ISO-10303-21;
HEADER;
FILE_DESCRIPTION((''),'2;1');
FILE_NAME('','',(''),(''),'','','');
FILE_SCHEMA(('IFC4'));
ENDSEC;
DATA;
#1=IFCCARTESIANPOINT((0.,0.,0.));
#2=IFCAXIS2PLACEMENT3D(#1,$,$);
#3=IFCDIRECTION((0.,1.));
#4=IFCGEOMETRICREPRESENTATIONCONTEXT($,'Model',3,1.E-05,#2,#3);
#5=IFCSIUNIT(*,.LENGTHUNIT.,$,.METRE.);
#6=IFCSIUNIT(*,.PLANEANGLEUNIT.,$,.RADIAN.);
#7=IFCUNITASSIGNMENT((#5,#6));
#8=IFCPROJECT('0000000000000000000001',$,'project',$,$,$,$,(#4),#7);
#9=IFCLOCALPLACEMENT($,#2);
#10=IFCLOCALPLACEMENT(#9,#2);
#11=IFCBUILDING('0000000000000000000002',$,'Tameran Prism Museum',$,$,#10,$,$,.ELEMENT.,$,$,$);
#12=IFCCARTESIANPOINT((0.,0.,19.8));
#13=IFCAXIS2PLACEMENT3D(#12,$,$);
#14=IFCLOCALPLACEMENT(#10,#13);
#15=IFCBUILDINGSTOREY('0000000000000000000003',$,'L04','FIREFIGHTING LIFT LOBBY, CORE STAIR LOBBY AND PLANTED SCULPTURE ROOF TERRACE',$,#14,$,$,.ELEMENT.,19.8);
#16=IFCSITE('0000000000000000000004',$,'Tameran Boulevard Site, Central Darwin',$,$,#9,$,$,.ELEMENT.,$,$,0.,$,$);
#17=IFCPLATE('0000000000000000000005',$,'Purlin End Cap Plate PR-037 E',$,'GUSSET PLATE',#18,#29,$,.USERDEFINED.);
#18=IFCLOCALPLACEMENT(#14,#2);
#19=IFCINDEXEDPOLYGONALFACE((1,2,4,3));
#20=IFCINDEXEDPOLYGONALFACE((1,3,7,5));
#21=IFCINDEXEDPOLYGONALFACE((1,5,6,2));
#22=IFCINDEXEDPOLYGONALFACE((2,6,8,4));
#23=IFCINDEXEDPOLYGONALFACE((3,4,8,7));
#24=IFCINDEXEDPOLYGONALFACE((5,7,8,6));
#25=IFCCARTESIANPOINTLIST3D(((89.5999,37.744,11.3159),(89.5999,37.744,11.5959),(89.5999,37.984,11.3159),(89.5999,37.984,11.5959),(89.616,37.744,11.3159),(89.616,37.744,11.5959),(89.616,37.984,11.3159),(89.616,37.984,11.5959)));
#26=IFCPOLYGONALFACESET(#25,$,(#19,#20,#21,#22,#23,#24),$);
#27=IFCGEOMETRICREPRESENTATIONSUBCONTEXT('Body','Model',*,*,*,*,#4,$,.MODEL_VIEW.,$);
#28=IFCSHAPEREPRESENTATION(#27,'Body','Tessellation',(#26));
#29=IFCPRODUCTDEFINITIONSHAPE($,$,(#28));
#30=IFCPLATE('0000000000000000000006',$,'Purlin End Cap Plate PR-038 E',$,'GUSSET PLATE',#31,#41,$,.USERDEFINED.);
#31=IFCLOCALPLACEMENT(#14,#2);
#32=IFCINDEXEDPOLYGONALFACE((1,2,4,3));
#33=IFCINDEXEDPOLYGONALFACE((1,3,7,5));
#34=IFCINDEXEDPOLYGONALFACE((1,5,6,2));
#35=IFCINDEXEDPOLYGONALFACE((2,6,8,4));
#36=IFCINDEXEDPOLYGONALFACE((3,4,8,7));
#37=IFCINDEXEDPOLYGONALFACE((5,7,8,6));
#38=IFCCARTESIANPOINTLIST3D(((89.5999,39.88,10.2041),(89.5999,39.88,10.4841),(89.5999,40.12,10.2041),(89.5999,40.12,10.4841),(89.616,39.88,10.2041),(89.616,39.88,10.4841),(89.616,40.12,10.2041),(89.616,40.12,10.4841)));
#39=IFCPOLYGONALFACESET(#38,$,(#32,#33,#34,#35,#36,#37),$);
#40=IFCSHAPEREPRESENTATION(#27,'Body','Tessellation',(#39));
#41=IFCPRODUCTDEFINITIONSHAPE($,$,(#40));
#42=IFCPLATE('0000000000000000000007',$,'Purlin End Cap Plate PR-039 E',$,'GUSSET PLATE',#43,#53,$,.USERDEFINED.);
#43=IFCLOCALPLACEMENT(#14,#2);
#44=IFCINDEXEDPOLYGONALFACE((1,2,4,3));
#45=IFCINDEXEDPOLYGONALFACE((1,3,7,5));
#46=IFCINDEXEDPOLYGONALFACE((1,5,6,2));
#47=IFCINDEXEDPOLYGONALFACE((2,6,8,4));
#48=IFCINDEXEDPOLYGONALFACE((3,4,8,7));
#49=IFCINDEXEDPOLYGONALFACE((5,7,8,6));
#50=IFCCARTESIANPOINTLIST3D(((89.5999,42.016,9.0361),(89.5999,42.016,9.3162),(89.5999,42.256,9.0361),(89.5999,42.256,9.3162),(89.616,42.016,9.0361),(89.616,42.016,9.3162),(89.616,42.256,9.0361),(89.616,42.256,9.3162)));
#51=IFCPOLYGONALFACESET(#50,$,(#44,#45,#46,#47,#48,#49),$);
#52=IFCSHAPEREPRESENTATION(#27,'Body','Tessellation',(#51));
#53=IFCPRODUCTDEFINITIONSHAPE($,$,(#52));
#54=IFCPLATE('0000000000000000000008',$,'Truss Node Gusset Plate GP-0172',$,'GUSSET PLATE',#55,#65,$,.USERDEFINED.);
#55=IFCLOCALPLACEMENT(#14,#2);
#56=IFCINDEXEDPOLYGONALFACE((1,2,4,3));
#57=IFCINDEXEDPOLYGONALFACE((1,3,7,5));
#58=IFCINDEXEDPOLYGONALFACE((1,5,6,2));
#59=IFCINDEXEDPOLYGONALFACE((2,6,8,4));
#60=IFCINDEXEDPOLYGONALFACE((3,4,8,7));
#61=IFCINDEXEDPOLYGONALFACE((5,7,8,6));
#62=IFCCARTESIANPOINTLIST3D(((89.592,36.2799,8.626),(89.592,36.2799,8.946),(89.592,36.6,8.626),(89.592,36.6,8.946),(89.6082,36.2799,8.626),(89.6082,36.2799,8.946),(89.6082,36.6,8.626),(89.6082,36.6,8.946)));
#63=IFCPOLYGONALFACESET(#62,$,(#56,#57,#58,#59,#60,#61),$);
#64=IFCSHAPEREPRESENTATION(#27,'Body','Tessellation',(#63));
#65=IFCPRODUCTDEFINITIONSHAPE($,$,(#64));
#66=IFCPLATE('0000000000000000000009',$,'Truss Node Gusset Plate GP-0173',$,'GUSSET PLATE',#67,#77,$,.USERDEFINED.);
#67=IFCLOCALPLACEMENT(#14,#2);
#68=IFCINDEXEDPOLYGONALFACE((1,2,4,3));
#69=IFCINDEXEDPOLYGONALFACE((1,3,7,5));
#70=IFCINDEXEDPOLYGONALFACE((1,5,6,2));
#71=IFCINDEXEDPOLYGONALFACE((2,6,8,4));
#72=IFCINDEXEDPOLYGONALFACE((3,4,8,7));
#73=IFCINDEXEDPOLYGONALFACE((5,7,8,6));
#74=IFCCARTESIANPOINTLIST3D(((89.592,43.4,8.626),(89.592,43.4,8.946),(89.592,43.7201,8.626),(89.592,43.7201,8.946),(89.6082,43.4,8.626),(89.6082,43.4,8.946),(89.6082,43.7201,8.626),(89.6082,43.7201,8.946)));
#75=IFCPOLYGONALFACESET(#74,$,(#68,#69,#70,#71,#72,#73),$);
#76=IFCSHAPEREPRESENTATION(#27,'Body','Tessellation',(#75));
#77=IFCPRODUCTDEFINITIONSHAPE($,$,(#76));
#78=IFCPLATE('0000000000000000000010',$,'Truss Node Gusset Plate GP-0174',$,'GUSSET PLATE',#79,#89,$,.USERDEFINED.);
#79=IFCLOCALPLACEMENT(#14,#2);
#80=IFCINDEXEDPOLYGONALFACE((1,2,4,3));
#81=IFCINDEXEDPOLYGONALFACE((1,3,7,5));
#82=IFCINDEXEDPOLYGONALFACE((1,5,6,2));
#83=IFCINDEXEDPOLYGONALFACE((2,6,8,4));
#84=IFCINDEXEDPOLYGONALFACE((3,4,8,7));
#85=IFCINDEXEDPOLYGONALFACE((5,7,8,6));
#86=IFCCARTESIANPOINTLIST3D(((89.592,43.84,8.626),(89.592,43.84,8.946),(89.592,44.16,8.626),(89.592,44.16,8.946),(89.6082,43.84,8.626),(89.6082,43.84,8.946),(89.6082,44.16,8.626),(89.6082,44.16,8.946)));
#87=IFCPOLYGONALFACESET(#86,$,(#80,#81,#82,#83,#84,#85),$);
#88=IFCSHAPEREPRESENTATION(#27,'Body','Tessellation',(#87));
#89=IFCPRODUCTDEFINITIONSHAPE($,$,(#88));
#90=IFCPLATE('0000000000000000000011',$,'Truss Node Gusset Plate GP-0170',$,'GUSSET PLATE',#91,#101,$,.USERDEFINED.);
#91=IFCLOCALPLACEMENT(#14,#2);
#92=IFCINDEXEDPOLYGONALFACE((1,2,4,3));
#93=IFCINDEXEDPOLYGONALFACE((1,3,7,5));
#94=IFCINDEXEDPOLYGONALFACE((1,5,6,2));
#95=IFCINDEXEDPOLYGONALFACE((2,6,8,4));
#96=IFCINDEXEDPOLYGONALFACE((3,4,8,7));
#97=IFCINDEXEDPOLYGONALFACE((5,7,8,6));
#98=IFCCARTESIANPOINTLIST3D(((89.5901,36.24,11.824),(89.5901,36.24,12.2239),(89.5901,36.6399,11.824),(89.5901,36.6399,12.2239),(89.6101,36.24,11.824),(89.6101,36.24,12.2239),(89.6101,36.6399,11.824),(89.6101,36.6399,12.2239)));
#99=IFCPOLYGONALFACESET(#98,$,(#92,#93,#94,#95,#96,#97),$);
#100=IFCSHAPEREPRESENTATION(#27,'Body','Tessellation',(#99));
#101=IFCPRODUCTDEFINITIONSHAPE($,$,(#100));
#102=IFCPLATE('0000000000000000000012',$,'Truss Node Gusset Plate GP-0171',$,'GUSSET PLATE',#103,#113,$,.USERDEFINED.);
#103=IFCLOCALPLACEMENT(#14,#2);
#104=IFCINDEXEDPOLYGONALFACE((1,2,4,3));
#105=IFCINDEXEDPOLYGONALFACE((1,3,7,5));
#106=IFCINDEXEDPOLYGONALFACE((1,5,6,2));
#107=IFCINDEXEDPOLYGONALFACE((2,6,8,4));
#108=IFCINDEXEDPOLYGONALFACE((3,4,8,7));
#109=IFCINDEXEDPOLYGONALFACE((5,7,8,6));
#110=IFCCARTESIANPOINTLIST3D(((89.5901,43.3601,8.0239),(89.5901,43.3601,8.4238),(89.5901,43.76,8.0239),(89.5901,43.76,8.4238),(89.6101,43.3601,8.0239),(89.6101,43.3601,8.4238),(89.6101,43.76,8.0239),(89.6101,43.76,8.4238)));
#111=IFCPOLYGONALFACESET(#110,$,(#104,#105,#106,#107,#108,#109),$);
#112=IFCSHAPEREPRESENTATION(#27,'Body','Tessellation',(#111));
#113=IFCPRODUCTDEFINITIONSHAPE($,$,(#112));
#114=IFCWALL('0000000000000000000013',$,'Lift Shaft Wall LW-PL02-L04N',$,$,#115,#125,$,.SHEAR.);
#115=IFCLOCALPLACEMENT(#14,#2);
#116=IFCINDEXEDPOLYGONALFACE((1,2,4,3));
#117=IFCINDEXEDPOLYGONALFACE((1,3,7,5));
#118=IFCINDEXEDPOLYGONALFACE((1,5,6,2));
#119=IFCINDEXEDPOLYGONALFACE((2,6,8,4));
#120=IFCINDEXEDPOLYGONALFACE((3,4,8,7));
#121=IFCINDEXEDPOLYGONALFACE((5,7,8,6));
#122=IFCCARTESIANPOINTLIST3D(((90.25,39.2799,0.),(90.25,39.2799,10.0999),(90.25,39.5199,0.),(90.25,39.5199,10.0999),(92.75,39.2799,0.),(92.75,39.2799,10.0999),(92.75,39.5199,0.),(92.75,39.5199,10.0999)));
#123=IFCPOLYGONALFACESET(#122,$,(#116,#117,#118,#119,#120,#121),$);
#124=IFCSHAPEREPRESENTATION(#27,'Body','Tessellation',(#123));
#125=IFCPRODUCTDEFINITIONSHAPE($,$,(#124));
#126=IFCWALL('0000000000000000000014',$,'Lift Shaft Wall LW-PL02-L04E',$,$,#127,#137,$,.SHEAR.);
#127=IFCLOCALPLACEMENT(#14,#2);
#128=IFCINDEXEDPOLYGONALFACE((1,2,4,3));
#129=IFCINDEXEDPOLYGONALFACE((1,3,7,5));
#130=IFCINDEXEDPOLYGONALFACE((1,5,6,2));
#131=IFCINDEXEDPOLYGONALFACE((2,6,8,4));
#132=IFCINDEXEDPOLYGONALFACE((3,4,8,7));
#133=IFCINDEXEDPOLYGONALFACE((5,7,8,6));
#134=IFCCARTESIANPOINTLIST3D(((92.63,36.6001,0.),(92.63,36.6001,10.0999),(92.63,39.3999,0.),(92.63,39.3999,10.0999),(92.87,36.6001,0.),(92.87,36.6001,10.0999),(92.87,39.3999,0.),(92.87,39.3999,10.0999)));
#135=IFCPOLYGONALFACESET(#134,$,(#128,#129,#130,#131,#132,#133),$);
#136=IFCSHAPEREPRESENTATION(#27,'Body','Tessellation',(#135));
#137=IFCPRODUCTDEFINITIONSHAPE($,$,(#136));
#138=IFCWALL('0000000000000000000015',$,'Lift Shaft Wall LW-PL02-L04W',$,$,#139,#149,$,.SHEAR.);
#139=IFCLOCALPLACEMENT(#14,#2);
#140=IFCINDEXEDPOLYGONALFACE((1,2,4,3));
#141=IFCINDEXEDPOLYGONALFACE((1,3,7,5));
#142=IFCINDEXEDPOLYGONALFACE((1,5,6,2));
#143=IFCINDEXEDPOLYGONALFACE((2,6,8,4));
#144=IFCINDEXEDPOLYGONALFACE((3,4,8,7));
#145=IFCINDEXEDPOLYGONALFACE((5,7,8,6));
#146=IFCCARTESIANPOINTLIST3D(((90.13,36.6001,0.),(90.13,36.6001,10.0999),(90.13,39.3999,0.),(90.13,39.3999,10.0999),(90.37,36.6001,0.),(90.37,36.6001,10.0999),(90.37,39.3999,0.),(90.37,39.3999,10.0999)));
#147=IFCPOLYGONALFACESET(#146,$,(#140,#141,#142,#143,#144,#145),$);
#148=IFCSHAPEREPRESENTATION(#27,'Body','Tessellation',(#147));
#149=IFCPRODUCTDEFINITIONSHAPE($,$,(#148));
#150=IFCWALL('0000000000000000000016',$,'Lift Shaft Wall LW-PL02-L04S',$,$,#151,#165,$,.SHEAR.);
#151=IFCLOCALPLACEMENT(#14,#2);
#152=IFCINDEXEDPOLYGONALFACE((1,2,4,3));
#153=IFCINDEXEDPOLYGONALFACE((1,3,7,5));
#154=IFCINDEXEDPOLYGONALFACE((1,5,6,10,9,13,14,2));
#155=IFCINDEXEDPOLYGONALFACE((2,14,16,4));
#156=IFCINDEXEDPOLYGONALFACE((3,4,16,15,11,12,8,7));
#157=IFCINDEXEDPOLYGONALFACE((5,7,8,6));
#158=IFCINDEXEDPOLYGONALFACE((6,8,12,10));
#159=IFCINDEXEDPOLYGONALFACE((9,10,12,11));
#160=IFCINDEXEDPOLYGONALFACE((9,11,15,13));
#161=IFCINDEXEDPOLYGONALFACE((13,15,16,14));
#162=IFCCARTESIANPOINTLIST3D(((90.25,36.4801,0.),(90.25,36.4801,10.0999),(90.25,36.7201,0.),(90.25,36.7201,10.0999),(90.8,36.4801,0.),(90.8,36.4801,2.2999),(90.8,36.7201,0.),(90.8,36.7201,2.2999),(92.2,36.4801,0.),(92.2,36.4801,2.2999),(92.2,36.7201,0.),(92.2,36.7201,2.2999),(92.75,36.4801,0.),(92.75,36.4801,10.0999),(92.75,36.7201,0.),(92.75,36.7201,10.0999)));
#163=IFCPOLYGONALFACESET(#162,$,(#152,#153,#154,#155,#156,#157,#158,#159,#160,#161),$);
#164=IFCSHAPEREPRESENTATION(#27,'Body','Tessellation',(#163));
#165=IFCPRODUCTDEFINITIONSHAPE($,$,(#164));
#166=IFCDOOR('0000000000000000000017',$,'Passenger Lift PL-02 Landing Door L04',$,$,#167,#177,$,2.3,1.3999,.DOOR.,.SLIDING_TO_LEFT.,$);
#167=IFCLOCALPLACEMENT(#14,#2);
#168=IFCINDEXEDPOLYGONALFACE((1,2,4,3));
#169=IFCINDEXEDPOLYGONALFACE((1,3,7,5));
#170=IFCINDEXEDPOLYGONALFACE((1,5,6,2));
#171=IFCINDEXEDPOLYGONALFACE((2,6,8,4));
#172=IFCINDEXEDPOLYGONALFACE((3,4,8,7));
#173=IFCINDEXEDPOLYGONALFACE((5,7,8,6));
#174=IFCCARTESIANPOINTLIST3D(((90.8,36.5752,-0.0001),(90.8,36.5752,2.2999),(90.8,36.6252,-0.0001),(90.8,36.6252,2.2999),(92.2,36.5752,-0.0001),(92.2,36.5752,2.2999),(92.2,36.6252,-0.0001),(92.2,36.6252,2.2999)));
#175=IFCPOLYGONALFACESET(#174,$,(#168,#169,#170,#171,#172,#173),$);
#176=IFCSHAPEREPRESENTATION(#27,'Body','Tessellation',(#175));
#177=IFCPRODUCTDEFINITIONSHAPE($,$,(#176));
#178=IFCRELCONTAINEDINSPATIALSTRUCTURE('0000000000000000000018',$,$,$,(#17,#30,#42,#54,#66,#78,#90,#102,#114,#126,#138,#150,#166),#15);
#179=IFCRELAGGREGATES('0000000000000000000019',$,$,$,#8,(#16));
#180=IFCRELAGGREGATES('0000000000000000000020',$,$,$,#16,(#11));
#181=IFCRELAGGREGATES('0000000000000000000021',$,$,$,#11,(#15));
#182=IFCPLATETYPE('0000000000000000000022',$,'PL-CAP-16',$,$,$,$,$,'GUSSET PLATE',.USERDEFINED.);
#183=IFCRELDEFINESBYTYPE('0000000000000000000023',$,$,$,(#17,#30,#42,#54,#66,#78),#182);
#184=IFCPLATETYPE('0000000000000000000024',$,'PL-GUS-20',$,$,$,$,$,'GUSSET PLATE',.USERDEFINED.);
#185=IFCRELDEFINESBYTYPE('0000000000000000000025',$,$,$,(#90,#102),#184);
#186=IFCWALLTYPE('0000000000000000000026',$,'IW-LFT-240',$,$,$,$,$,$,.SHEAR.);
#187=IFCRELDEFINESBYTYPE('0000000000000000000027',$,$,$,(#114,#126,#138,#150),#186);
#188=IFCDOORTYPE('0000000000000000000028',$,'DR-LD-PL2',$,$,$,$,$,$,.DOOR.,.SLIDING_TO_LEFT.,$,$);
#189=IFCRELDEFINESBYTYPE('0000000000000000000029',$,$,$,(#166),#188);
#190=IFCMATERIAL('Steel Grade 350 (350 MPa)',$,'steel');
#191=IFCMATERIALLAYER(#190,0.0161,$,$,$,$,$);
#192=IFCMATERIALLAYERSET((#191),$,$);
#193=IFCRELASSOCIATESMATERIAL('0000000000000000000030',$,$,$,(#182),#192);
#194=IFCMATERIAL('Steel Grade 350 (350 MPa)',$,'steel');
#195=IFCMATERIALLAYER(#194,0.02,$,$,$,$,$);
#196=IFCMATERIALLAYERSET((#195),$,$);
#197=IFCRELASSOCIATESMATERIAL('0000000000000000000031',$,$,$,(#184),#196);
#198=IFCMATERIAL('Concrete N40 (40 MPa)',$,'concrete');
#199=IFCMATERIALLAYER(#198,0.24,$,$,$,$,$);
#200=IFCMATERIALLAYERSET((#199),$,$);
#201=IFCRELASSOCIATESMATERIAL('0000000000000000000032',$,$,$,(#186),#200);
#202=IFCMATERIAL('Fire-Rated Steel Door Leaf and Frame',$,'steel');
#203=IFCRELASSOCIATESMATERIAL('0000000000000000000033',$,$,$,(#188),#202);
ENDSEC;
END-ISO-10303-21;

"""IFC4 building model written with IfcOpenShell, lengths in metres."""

from ifc_helpers import new_model, si_unit, direction, frame, frame_2d, origin, origin_2d, place, context, subcontext, project, spatial, rectangle, extrude, material, layer, layer_set, type_object, element, fill, save


model = new_model("IFC4")

# Units and contexts
model_context = context("Model", 3, precision=1e-05, world=origin(), true_north=direction((0.0, 1.0)))
body_context = subcontext(model_context, "Body", "Model", "MODEL_VIEW")
ifc_project = project(units=[si_unit("LENGTHUNIT", "METRE"), si_unit("PLANEANGLEUNIT", "RADIAN")], contexts=[model_context])

# Site, building, storey
site_placement = place(None, origin())
site = spatial("IfcSite", under=ifc_project, at=site_placement, Name="Tameran Boulevard Site, Central Darwin", CompositionType="ELEMENT", RefElevation=0.0)
building_placement = place(site_placement, origin())
building = spatial("IfcBuilding", under=site, at=building_placement, Name="Tameran Prism Museum", CompositionType="ELEMENT")
storey_placement = place(building_placement, frame((0.0, 0.0, 19.8)))
storey = spatial("IfcBuildingStorey", under=building, at=storey_placement, Name="L04", Description="FIREFIGHTING LIFT LOBBY, CORE STAIR LOBBY AND PLANTED SCULPTURE ROOF TERRACE", CompositionType="ELEMENT", Elevation=19.8)

# Plates
ifc_material_1 = material(Name="Steel Grade 350 (350 MPa)", Category="steel")
ifc_layer_1 = layer(ifc_material_1, 0.0161)
ifc_layer_set_1 = layer_set([ifc_layer_1])
plate_type_1 = type_object("IfcPlateType", Name="PL-CAP-16", ElementType="GUSSET PLATE", PredefinedType="USERDEFINED", material=ifc_layer_set_1)
for number, where, z_axis, x_axis, name in (
    (1, (89.6079, 37.864, 11.3159), (0.0, 0.0, 1.0), (1.0, 0.0, 0.0), "Purlin End Cap Plate PR-037 E"),
    (2, (89.6079, 40.0, 10.2041), (0.0, 0.0, 1.0), (1.0, 0.0, 0.0), "Purlin End Cap Plate PR-038 E"),
    (3, (89.6079, 42.136, 9.0361), (0.0, 0.0, 1.0), (1.0, 0.0, 0.0), "Purlin End Cap Plate PR-039 E"),
):
    element("IfcPlate", number, at=place(storey_placement, frame(where, z_axis=z_axis, x_axis=x_axis)), inside=storey, type_object=plate_type_1, Name=name, ObjectType="GUSSET PLATE", PredefinedType="USERDEFINED", context=body_context, shape_type="SweptSolid", body=[
        extrude(rectangle(XDim=0.0161, YDim=0.24, at=origin_2d()), origin(), (0.0, 0.0, 1.0), 0.28),
    ])
for number, where, z_axis, x_axis, name in (
    (4, (89.6001, 36.4399, 8.626), (0.0, 0.0, 1.0), (1.0, 0.0, 0.0), "Truss Node Gusset Plate GP-0172"),
    (5, (89.6001, 43.5601, 8.626), (0.0, 0.0, 1.0), (1.0, 0.0, 0.0), "Truss Node Gusset Plate GP-0173"),
    (6, (89.6001, 44.0, 8.626), (0.0, 0.0, 1.0), (1.0, 0.0, 0.0), "Truss Node Gusset Plate GP-0174"),
):
    element("IfcPlate", number, at=place(storey_placement, frame(where, z_axis=z_axis, x_axis=x_axis)), inside=storey, type_object=plate_type_1, Name=name, ObjectType="GUSSET PLATE", PredefinedType="USERDEFINED", context=body_context, shape_type="SweptSolid", body=[
        extrude(rectangle(XDim=0.0161, YDim=0.3201, at=origin_2d()), origin(), (0.0, 0.0, 1.0), 0.3201),
    ])
ifc_material_2 = material(Name="Steel Grade 350 (350 MPa)", Category="steel")
ifc_layer_2 = layer(ifc_material_2, 0.02)
ifc_layer_set_2 = layer_set([ifc_layer_2])
plate_type_2 = type_object("IfcPlateType", Name="PL-GUS-20", ElementType="GUSSET PLATE", PredefinedType="USERDEFINED", material=ifc_layer_set_2)
for number, where, z_axis, x_axis, name in (
    (7, (89.6001, 36.4399, 11.824), (0.0, 0.0, 1.0), (1.0, 0.0, 0.0), "Truss Node Gusset Plate GP-0170"),
    (8, (89.6001, 43.5601, 8.0239), (0.0, 0.0, 1.0), (1.0, 0.0, 0.0), "Truss Node Gusset Plate GP-0171"),
):
    element("IfcPlate", number, at=place(storey_placement, frame(where, z_axis=z_axis, x_axis=x_axis)), inside=storey, type_object=plate_type_2, Name=name, ObjectType="GUSSET PLATE", PredefinedType="USERDEFINED", context=body_context, shape_type="SweptSolid", body=[
        extrude(rectangle(XDim=0.02, YDim=0.3999, at=origin_2d()), origin(), (0.0, 0.0, 1.0), 0.3999),
    ])

# Walls
ifc_material_3 = material(Name="Concrete N40 (40 MPa)", Category="concrete")
ifc_layer_3 = layer(ifc_material_3, 0.24)
ifc_layer_set_3 = layer_set([ifc_layer_3])
wall_type = type_object("IfcWallType", Name="IW-LFT-240", PredefinedType="SHEAR", material=ifc_layer_set_3)
wall_1_placement = place(storey_placement, frame((90.25, 39.3999, 0.0), z_axis=(0.0, 0.0, 1.0), x_axis=(1.0, 0.0, 0.0)))
element("IfcWall", 9, at=wall_1_placement, inside=storey, type_object=wall_type, Name="Lift Shaft Wall LW-PL02-L04N", PredefinedType="SHEAR", context=body_context, shape_type="SweptSolid", body=[
    extrude(rectangle(XDim=2.5, YDim=0.24, at=frame_2d((1.25, 0.0))), origin(), (0.0, 0.0, 1.0), 10.0999),
])
for number, where, z_axis, x_axis, name in (
    (10, (92.75, 39.3999, 0.0), (0.0, 0.0, 1.0), (0.0, -1.0, 0.0), "Lift Shaft Wall LW-PL02-L04E"),
    (11, (90.25, 36.6001, 0.0), (0.0, 0.0, 1.0), (0.0, 1.0, 0.0), "Lift Shaft Wall LW-PL02-L04W"),
):
    element("IfcWall", number, at=place(storey_placement, frame(where, z_axis=z_axis, x_axis=x_axis)), inside=storey, type_object=wall_type, Name=name, PredefinedType="SHEAR", context=body_context, shape_type="SweptSolid", body=[
        extrude(rectangle(XDim=2.7998, YDim=0.24, at=frame_2d((1.3999, 0.0))), origin(), (0.0, 0.0, 1.0), 10.0999),
    ])

# Wall, opening, door
wall_2_placement = place(storey_placement, frame((92.75, 36.6001, 0.0), z_axis=(0.0, 0.0, 1.0), x_axis=(-1.0, 0.0, 0.0)))
wall_2 = element("IfcWall", 12, at=wall_2_placement, inside=storey, type_object=wall_type, Name="Lift Shaft Wall LW-PL02-L04S", PredefinedType="SHEAR", context=body_context, shape_type="SweptSolid", body=[
    extrude(rectangle(XDim=2.5, YDim=0.24, at=frame_2d((1.25, 0.0))), origin(), (0.0, 0.0, 1.0), 10.0999),
])
opening_placement = place(wall_2_placement, frame((0.55, 0.0, 0.0)))
opening = element("IfcOpeningElement", 13, at=opening_placement, cuts=wall_2, PredefinedType="OPENING", context=body_context, shape_type="SweptSolid", body=[
    extrude(rectangle(XDim=1.3999, YDim=2.3, at=frame_2d((0.7, 1.1499))), frame((0.0, 0.1299, 0.0), z_axis=(0.0, -1.0, 0.0), x_axis=(1.0, 0.0, 0.0)), (0.0, 0.0, 1.0), 0.26),
])
ifc_material_4 = material(Name="Fire-Rated Steel Door Leaf and Frame", Category="steel")
door_type = type_object("IfcDoorType", Name="DR-LD-PL2", OperationType="SLIDING_TO_LEFT", PredefinedType="DOOR", material=ifc_material_4)
door_placement = place(opening_placement, origin())
door = element("IfcDoor", 14, at=door_placement, inside=storey, type_object=door_type, Name="Passenger Lift PL-02 Landing Door L04", OperationType="SLIDING_TO_LEFT", OverallHeight=2.3, OverallWidth=1.3999, PredefinedType="DOOR", context=body_context, shape_type="SweptSolid", body=[
    extrude(rectangle(XDim=1.3999, YDim=2.3, at=frame_2d((0.7, 1.1499))), frame((0.0, 0.0249, 0.0), z_axis=(0.0, -1.0, 0.0), x_axis=(1.0, 0.0, 0.0)), (0.0, 0.0, 1.0), 0.05),
])
fill(opening, door)

save(model, "model.ifc")
